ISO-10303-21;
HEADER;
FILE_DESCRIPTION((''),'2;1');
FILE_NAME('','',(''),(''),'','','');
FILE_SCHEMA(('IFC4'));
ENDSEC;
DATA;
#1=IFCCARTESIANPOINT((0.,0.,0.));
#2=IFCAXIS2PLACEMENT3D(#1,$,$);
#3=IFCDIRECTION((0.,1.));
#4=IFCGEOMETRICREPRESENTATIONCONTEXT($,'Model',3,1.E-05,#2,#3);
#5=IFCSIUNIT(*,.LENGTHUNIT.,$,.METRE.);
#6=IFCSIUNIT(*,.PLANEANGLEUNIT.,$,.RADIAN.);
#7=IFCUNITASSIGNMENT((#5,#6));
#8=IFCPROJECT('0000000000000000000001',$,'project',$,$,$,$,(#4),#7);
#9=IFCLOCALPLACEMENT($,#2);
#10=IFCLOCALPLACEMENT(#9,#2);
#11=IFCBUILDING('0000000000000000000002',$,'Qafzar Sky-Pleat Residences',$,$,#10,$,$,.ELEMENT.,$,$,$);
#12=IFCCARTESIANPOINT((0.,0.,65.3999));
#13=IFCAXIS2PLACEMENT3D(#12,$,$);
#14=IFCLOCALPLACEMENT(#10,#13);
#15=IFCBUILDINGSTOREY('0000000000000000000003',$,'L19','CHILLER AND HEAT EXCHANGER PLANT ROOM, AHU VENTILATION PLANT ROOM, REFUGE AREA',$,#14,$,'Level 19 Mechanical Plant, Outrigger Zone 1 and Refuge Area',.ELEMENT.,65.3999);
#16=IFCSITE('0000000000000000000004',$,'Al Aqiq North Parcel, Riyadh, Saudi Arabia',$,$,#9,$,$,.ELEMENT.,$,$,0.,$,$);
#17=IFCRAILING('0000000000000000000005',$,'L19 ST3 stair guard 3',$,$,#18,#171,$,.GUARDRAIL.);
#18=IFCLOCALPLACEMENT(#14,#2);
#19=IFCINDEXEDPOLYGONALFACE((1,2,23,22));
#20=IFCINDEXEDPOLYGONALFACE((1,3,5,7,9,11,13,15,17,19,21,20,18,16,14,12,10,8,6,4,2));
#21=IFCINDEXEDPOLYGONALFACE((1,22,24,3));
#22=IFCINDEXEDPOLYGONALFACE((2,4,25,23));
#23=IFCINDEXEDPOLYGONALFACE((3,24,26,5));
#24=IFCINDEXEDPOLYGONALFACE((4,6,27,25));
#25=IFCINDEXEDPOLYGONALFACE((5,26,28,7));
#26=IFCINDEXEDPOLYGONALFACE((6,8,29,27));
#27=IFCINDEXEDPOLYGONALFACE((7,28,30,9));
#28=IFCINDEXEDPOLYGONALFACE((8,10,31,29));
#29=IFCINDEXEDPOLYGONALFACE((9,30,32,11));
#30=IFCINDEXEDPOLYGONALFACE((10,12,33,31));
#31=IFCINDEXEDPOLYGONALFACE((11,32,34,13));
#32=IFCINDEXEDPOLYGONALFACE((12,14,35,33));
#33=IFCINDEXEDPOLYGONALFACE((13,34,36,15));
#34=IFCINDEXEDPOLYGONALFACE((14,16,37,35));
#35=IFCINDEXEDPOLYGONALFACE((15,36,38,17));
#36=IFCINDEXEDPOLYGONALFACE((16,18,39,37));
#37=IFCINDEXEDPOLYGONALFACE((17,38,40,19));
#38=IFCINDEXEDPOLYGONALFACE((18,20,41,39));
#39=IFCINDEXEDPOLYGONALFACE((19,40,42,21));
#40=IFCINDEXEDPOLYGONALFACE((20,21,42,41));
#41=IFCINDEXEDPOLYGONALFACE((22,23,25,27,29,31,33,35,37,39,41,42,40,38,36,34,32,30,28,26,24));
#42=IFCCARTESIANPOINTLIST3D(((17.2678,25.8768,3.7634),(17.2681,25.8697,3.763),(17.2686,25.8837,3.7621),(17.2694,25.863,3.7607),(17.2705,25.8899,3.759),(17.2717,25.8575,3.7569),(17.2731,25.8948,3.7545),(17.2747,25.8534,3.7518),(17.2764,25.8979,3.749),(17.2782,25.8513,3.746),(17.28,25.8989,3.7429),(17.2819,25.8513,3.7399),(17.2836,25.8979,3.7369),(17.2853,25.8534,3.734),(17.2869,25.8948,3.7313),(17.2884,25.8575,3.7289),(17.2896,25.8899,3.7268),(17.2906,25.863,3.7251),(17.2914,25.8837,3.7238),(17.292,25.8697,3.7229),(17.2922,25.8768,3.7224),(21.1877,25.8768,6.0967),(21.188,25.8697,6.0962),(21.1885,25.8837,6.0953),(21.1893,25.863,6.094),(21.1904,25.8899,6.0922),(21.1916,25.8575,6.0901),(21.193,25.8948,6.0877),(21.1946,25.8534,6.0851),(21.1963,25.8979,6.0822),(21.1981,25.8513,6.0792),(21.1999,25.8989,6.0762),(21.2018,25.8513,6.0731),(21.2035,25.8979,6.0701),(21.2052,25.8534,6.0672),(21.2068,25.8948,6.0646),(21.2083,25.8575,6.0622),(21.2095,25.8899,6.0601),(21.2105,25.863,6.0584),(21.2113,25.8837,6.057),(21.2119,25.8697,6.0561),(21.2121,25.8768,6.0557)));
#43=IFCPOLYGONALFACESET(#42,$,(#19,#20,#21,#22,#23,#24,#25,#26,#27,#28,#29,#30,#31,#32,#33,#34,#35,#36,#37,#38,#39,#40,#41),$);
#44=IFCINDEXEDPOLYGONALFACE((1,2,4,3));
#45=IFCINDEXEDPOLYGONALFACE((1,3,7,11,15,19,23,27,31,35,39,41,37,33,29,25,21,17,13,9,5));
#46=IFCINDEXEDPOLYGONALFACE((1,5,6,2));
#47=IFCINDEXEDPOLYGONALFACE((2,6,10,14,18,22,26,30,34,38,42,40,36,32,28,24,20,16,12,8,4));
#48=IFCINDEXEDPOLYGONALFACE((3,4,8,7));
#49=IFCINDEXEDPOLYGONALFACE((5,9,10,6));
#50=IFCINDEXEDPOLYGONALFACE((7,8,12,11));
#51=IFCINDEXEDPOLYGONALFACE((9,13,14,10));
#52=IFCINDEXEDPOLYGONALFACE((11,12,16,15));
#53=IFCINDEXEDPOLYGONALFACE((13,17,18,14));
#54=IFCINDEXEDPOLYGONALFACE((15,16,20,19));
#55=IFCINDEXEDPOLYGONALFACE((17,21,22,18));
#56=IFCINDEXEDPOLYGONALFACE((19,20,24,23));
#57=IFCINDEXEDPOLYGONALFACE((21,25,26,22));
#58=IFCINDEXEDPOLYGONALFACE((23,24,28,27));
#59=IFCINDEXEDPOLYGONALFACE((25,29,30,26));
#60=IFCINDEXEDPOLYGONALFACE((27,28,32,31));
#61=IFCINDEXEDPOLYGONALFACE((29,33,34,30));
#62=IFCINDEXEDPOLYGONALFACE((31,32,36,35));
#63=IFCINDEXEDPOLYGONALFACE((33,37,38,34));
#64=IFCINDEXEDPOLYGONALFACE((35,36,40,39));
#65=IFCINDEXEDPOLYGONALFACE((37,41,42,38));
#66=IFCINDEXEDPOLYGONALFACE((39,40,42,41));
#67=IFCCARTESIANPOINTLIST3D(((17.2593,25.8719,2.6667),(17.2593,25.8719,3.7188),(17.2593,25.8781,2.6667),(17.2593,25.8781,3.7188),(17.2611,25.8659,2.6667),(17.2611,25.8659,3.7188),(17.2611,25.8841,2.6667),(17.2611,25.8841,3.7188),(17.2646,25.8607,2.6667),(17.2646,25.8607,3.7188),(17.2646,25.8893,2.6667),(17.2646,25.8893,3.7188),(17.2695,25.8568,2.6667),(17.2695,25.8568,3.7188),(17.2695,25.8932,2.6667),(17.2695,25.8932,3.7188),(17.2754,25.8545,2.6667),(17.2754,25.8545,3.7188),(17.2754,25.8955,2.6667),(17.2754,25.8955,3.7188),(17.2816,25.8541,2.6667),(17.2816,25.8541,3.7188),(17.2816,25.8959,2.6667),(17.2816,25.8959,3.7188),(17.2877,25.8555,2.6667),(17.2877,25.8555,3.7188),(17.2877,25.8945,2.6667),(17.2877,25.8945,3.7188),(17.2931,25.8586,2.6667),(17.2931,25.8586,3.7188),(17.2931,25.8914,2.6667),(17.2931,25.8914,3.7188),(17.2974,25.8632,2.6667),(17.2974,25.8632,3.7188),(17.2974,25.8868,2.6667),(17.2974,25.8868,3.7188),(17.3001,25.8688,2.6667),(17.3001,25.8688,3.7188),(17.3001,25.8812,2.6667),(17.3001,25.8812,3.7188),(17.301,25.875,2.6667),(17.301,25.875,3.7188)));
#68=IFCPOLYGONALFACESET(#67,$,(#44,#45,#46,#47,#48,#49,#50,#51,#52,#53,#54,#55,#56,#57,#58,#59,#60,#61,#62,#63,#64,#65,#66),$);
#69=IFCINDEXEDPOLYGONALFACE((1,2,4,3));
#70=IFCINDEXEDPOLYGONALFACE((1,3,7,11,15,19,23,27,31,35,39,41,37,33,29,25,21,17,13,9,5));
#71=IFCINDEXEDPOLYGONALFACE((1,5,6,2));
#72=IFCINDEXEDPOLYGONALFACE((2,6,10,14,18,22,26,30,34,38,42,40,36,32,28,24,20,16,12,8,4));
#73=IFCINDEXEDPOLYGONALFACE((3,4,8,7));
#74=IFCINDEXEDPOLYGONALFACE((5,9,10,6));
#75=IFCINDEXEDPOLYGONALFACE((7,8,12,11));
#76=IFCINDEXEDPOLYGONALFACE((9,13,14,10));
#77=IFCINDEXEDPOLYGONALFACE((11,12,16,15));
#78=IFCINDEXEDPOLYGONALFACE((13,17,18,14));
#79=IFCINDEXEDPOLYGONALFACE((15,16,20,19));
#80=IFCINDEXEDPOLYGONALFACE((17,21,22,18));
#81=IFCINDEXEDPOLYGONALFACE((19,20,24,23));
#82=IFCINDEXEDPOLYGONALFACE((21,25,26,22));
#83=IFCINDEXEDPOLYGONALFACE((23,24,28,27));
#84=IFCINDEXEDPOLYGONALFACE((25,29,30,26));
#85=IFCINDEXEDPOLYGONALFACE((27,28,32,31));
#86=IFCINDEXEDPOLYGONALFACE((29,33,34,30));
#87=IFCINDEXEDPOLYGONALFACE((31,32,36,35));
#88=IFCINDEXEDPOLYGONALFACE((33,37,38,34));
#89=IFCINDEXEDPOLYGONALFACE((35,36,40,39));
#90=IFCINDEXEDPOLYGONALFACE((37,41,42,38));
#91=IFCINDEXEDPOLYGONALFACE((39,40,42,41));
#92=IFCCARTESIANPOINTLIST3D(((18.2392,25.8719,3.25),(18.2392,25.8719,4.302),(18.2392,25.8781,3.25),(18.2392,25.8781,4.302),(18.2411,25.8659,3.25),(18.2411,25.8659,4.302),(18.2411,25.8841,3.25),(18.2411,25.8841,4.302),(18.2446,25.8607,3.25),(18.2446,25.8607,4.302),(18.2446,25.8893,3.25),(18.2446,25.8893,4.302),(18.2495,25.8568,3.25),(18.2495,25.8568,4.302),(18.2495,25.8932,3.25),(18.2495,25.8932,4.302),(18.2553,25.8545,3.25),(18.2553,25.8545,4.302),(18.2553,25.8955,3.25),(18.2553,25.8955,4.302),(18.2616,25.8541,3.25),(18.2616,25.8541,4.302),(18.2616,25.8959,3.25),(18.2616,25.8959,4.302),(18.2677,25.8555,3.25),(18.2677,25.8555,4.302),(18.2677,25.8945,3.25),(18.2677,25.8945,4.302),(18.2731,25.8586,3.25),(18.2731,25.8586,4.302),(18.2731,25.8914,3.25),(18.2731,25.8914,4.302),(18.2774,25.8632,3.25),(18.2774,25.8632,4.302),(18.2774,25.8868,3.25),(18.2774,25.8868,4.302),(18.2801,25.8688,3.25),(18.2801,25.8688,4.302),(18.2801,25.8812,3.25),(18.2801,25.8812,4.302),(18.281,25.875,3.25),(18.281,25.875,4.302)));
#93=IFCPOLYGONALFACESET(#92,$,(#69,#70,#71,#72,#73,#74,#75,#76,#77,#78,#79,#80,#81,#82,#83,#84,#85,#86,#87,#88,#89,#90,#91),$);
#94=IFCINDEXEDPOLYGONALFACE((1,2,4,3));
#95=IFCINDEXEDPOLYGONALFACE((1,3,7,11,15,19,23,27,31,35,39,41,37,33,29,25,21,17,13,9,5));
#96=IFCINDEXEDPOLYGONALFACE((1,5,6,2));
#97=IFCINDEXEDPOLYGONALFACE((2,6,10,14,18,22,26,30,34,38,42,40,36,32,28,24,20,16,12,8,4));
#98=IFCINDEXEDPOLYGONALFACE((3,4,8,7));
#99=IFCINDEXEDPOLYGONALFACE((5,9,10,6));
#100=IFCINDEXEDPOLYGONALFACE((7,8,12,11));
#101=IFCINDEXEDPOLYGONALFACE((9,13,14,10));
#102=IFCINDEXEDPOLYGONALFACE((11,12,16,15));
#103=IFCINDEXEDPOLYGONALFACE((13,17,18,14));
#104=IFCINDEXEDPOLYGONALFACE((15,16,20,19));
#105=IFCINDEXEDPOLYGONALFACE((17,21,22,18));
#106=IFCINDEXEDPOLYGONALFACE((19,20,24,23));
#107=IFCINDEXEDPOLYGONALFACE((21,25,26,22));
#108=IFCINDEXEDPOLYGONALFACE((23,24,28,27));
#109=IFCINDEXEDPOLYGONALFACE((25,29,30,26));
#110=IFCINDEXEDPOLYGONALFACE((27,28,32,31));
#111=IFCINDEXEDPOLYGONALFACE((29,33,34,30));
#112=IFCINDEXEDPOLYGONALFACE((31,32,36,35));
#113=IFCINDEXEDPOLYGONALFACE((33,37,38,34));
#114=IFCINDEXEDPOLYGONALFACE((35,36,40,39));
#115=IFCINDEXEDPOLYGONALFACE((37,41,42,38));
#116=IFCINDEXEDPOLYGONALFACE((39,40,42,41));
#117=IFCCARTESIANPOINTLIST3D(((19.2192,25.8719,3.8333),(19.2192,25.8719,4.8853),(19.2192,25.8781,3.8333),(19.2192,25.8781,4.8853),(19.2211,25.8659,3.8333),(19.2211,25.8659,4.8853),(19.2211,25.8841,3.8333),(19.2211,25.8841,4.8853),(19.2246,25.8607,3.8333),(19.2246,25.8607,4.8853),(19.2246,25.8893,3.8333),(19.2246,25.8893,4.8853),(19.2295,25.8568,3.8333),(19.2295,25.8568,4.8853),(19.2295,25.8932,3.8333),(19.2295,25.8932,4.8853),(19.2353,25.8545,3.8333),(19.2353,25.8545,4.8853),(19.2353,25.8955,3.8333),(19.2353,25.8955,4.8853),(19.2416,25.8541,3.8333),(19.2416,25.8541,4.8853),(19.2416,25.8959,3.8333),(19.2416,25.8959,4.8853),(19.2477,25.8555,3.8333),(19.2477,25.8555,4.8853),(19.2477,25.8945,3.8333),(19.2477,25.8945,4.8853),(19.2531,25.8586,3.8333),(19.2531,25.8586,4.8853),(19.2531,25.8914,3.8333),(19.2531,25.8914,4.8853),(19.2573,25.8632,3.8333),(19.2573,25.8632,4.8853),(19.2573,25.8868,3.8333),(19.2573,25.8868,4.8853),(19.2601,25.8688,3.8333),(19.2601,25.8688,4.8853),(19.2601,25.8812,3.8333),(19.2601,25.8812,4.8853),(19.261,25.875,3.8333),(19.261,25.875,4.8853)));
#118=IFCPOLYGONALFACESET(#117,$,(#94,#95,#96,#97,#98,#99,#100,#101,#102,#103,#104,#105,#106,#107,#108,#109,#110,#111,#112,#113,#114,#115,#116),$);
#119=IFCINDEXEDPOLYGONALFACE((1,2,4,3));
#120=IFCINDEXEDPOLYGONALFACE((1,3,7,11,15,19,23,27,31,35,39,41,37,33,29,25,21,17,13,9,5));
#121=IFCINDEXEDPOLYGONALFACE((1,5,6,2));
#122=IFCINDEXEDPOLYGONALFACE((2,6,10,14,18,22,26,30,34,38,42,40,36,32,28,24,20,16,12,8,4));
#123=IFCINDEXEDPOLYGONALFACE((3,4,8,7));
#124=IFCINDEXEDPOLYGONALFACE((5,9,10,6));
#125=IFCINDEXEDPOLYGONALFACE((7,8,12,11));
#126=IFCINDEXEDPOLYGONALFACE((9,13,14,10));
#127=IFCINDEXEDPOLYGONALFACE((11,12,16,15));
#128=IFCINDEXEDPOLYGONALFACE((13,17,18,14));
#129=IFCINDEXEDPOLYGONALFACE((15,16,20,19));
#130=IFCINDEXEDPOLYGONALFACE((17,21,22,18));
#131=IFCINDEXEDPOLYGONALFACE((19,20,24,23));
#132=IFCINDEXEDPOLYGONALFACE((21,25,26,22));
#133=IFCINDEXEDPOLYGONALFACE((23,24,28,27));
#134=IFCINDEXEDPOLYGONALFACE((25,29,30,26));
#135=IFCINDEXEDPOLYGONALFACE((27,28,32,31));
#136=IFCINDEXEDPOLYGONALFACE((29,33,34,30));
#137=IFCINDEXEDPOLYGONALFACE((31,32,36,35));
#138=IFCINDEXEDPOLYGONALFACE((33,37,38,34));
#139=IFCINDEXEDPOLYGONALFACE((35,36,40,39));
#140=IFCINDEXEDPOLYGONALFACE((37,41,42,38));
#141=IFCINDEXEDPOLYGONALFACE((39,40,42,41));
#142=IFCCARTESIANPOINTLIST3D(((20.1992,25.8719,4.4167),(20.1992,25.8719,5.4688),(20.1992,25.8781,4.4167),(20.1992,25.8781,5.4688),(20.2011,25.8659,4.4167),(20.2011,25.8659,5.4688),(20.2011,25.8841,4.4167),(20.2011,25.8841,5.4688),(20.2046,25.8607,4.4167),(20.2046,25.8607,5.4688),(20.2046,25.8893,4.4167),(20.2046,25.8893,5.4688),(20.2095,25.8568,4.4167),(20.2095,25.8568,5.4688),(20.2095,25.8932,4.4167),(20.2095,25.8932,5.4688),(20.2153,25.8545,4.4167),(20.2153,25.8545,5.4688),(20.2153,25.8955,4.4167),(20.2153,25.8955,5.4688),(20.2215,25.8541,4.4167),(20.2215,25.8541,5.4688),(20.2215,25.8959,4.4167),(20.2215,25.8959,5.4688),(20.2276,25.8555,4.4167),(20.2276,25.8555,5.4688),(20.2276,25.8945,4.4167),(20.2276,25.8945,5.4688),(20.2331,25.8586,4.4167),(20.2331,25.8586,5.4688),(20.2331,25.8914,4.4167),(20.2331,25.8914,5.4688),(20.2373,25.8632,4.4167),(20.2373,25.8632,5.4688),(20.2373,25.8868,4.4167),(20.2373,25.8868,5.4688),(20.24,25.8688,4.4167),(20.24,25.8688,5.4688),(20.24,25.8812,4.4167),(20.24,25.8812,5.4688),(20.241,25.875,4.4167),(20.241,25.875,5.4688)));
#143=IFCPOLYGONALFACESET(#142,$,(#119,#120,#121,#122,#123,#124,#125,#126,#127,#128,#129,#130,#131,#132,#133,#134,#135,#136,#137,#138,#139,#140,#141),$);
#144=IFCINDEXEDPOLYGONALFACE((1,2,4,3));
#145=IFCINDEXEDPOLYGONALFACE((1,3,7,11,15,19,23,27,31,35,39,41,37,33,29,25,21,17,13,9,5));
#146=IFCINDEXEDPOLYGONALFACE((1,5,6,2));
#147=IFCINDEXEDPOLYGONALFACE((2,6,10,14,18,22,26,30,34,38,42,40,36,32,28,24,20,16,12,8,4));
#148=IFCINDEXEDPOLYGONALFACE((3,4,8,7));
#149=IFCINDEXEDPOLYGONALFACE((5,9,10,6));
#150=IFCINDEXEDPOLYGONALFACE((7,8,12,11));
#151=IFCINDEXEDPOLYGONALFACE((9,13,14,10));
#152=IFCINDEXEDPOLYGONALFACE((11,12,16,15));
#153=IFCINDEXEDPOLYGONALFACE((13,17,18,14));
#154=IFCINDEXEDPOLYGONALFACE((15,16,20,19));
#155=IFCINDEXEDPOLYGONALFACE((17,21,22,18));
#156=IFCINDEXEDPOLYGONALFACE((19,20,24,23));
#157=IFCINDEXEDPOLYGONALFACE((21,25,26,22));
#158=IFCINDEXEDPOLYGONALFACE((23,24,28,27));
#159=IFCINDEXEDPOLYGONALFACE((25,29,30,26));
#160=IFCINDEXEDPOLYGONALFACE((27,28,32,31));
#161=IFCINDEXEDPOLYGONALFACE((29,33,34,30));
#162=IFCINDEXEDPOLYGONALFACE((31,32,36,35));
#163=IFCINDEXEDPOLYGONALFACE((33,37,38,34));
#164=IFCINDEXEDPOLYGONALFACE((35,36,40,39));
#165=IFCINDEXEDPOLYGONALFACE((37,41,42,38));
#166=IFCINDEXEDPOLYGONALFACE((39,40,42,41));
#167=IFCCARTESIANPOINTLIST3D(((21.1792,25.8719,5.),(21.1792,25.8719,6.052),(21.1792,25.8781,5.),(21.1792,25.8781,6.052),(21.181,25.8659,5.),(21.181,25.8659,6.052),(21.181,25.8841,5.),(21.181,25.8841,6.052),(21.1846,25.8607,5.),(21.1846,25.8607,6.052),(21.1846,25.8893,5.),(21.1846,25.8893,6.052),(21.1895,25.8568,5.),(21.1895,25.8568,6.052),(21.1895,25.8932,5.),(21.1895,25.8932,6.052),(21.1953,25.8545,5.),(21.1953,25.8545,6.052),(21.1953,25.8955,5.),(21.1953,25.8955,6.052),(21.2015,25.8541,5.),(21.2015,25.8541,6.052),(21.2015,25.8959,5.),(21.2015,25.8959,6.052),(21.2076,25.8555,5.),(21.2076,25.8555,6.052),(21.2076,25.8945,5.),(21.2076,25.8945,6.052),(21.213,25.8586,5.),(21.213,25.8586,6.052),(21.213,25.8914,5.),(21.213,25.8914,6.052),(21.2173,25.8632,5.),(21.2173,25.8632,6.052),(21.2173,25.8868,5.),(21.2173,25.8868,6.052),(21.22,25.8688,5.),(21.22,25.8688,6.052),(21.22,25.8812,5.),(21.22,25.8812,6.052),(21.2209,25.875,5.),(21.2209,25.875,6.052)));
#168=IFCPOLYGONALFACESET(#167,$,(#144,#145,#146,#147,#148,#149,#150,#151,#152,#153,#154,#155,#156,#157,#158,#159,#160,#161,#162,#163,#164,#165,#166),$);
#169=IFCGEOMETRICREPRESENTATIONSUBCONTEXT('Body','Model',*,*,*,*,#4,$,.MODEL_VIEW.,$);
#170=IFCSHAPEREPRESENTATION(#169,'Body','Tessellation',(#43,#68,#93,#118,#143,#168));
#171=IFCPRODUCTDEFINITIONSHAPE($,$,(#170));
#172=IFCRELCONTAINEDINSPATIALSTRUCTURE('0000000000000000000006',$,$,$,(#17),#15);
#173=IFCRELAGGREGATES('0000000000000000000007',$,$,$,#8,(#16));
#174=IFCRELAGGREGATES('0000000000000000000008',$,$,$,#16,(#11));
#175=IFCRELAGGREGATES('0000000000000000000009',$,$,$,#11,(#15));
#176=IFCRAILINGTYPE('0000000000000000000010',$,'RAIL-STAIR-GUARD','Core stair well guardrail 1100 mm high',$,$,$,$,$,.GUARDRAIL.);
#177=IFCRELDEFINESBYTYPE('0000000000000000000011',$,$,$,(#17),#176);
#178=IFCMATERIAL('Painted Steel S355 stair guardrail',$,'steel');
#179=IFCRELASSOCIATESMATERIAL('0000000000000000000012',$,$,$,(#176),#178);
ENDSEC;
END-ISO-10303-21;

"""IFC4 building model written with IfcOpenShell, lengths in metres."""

from ifc_helpers import new_model, si_unit, direction, frame, origin, origin_2d, place, context, subcontext, project, spatial, circle, extrude, source, transform, mapped, material, type_object, element, save


model = new_model("IFC4")

# Units and contexts
model_context = context("Model", 3, precision=1e-05, world=origin(), true_north=direction((0.0, 1.0)))
body_context = subcontext(model_context, "Body", "Model", "MODEL_VIEW")
ifc_project = project(units=[si_unit("LENGTHUNIT", "METRE"), si_unit("PLANEANGLEUNIT", "RADIAN")], contexts=[model_context])

# Site, building, storey
site_placement = place(None, origin())
site = spatial("IfcSite", under=ifc_project, at=site_placement, Name="Al Aqiq North Parcel, Riyadh, Saudi Arabia", CompositionType="ELEMENT", RefElevation=0.0)
building_placement = place(site_placement, origin())
building = spatial("IfcBuilding", under=site, at=building_placement, Name="Qafzar Sky-Pleat Residences", CompositionType="ELEMENT")
storey_placement = place(building_placement, frame((0.0, 0.0, 65.3999)))
storey = spatial("IfcBuildingStorey", under=building, at=storey_placement, Name="L19", Description="CHILLER AND HEAT EXCHANGER PLANT ROOM, AHU VENTILATION PLANT ROOM, REFUGE AREA", LongName="Level 19 Mechanical Plant, Outrigger Zone 1 and Refuge Area", CompositionType="ELEMENT", Elevation=65.3999)

# Railing
ifc_material_1 = material(Name="Painted Steel S355 stair guardrail", Category="steel")
railing_type = type_object("IfcRailingType", Name="RAIL-STAIR-GUARD", Description="Core stair well guardrail 1100 mm high", PredefinedType="GUARDRAIL", material=ifc_material_1)
shared_shape_1 = source(origin(), body_context, "Body", "SweptSolid", [
    extrude(circle(Radius=0.0239, at=origin_2d()), frame((0.0, 0.0, 1.0762), z_axis=(0.859296, 0.0, 0.511478), x_axis=(0.0, 1.0, 0.0)), (0.0, 0.0, 1.0), 4.5618),
    extrude(circle(Radius=0.021, at=origin_2d()), origin(), (0.0, 0.0, 1.0), 1.052),
    extrude(circle(Radius=0.021, at=origin_2d()), frame((0.98, 0.0, 0.5833)), (0.0, 0.0, 1.0), 1.052),
    extrude(circle(Radius=0.021, at=origin_2d()), frame((1.96, 0.0, 1.1665)), (0.0, 0.0, 1.0), 1.052),
    extrude(circle(Radius=0.021, at=origin_2d()), frame((2.9399, 0.0, 1.75)), (0.0, 0.0, 1.0), 1.052),
    extrude(circle(Radius=0.021, at=origin_2d()), frame((3.9199, 0.0, 2.3333)), (0.0, 0.0, 1.0), 1.052),
])
railing_1_placement = place(storey_placement, frame((17.28, 25.875, 2.6667)))
element("IfcRailing", 1, at=railing_1_placement, inside=storey, type_object=railing_type, Name="L19 ST3 stair guard 3", PredefinedType="GUARDRAIL", context=body_context, shape_type="MappedRepresentation", body=[
    mapped(shared_shape_1, transform((0.0, 0.0, 0.0), x_axis=(1.0, 0.0, 0.0), y_axis=(0.0, 1.0, 0.0), z_axis=(0.0, 0.0, 1.0), scale=1.0)),
])

save(model, "model.ifc")
